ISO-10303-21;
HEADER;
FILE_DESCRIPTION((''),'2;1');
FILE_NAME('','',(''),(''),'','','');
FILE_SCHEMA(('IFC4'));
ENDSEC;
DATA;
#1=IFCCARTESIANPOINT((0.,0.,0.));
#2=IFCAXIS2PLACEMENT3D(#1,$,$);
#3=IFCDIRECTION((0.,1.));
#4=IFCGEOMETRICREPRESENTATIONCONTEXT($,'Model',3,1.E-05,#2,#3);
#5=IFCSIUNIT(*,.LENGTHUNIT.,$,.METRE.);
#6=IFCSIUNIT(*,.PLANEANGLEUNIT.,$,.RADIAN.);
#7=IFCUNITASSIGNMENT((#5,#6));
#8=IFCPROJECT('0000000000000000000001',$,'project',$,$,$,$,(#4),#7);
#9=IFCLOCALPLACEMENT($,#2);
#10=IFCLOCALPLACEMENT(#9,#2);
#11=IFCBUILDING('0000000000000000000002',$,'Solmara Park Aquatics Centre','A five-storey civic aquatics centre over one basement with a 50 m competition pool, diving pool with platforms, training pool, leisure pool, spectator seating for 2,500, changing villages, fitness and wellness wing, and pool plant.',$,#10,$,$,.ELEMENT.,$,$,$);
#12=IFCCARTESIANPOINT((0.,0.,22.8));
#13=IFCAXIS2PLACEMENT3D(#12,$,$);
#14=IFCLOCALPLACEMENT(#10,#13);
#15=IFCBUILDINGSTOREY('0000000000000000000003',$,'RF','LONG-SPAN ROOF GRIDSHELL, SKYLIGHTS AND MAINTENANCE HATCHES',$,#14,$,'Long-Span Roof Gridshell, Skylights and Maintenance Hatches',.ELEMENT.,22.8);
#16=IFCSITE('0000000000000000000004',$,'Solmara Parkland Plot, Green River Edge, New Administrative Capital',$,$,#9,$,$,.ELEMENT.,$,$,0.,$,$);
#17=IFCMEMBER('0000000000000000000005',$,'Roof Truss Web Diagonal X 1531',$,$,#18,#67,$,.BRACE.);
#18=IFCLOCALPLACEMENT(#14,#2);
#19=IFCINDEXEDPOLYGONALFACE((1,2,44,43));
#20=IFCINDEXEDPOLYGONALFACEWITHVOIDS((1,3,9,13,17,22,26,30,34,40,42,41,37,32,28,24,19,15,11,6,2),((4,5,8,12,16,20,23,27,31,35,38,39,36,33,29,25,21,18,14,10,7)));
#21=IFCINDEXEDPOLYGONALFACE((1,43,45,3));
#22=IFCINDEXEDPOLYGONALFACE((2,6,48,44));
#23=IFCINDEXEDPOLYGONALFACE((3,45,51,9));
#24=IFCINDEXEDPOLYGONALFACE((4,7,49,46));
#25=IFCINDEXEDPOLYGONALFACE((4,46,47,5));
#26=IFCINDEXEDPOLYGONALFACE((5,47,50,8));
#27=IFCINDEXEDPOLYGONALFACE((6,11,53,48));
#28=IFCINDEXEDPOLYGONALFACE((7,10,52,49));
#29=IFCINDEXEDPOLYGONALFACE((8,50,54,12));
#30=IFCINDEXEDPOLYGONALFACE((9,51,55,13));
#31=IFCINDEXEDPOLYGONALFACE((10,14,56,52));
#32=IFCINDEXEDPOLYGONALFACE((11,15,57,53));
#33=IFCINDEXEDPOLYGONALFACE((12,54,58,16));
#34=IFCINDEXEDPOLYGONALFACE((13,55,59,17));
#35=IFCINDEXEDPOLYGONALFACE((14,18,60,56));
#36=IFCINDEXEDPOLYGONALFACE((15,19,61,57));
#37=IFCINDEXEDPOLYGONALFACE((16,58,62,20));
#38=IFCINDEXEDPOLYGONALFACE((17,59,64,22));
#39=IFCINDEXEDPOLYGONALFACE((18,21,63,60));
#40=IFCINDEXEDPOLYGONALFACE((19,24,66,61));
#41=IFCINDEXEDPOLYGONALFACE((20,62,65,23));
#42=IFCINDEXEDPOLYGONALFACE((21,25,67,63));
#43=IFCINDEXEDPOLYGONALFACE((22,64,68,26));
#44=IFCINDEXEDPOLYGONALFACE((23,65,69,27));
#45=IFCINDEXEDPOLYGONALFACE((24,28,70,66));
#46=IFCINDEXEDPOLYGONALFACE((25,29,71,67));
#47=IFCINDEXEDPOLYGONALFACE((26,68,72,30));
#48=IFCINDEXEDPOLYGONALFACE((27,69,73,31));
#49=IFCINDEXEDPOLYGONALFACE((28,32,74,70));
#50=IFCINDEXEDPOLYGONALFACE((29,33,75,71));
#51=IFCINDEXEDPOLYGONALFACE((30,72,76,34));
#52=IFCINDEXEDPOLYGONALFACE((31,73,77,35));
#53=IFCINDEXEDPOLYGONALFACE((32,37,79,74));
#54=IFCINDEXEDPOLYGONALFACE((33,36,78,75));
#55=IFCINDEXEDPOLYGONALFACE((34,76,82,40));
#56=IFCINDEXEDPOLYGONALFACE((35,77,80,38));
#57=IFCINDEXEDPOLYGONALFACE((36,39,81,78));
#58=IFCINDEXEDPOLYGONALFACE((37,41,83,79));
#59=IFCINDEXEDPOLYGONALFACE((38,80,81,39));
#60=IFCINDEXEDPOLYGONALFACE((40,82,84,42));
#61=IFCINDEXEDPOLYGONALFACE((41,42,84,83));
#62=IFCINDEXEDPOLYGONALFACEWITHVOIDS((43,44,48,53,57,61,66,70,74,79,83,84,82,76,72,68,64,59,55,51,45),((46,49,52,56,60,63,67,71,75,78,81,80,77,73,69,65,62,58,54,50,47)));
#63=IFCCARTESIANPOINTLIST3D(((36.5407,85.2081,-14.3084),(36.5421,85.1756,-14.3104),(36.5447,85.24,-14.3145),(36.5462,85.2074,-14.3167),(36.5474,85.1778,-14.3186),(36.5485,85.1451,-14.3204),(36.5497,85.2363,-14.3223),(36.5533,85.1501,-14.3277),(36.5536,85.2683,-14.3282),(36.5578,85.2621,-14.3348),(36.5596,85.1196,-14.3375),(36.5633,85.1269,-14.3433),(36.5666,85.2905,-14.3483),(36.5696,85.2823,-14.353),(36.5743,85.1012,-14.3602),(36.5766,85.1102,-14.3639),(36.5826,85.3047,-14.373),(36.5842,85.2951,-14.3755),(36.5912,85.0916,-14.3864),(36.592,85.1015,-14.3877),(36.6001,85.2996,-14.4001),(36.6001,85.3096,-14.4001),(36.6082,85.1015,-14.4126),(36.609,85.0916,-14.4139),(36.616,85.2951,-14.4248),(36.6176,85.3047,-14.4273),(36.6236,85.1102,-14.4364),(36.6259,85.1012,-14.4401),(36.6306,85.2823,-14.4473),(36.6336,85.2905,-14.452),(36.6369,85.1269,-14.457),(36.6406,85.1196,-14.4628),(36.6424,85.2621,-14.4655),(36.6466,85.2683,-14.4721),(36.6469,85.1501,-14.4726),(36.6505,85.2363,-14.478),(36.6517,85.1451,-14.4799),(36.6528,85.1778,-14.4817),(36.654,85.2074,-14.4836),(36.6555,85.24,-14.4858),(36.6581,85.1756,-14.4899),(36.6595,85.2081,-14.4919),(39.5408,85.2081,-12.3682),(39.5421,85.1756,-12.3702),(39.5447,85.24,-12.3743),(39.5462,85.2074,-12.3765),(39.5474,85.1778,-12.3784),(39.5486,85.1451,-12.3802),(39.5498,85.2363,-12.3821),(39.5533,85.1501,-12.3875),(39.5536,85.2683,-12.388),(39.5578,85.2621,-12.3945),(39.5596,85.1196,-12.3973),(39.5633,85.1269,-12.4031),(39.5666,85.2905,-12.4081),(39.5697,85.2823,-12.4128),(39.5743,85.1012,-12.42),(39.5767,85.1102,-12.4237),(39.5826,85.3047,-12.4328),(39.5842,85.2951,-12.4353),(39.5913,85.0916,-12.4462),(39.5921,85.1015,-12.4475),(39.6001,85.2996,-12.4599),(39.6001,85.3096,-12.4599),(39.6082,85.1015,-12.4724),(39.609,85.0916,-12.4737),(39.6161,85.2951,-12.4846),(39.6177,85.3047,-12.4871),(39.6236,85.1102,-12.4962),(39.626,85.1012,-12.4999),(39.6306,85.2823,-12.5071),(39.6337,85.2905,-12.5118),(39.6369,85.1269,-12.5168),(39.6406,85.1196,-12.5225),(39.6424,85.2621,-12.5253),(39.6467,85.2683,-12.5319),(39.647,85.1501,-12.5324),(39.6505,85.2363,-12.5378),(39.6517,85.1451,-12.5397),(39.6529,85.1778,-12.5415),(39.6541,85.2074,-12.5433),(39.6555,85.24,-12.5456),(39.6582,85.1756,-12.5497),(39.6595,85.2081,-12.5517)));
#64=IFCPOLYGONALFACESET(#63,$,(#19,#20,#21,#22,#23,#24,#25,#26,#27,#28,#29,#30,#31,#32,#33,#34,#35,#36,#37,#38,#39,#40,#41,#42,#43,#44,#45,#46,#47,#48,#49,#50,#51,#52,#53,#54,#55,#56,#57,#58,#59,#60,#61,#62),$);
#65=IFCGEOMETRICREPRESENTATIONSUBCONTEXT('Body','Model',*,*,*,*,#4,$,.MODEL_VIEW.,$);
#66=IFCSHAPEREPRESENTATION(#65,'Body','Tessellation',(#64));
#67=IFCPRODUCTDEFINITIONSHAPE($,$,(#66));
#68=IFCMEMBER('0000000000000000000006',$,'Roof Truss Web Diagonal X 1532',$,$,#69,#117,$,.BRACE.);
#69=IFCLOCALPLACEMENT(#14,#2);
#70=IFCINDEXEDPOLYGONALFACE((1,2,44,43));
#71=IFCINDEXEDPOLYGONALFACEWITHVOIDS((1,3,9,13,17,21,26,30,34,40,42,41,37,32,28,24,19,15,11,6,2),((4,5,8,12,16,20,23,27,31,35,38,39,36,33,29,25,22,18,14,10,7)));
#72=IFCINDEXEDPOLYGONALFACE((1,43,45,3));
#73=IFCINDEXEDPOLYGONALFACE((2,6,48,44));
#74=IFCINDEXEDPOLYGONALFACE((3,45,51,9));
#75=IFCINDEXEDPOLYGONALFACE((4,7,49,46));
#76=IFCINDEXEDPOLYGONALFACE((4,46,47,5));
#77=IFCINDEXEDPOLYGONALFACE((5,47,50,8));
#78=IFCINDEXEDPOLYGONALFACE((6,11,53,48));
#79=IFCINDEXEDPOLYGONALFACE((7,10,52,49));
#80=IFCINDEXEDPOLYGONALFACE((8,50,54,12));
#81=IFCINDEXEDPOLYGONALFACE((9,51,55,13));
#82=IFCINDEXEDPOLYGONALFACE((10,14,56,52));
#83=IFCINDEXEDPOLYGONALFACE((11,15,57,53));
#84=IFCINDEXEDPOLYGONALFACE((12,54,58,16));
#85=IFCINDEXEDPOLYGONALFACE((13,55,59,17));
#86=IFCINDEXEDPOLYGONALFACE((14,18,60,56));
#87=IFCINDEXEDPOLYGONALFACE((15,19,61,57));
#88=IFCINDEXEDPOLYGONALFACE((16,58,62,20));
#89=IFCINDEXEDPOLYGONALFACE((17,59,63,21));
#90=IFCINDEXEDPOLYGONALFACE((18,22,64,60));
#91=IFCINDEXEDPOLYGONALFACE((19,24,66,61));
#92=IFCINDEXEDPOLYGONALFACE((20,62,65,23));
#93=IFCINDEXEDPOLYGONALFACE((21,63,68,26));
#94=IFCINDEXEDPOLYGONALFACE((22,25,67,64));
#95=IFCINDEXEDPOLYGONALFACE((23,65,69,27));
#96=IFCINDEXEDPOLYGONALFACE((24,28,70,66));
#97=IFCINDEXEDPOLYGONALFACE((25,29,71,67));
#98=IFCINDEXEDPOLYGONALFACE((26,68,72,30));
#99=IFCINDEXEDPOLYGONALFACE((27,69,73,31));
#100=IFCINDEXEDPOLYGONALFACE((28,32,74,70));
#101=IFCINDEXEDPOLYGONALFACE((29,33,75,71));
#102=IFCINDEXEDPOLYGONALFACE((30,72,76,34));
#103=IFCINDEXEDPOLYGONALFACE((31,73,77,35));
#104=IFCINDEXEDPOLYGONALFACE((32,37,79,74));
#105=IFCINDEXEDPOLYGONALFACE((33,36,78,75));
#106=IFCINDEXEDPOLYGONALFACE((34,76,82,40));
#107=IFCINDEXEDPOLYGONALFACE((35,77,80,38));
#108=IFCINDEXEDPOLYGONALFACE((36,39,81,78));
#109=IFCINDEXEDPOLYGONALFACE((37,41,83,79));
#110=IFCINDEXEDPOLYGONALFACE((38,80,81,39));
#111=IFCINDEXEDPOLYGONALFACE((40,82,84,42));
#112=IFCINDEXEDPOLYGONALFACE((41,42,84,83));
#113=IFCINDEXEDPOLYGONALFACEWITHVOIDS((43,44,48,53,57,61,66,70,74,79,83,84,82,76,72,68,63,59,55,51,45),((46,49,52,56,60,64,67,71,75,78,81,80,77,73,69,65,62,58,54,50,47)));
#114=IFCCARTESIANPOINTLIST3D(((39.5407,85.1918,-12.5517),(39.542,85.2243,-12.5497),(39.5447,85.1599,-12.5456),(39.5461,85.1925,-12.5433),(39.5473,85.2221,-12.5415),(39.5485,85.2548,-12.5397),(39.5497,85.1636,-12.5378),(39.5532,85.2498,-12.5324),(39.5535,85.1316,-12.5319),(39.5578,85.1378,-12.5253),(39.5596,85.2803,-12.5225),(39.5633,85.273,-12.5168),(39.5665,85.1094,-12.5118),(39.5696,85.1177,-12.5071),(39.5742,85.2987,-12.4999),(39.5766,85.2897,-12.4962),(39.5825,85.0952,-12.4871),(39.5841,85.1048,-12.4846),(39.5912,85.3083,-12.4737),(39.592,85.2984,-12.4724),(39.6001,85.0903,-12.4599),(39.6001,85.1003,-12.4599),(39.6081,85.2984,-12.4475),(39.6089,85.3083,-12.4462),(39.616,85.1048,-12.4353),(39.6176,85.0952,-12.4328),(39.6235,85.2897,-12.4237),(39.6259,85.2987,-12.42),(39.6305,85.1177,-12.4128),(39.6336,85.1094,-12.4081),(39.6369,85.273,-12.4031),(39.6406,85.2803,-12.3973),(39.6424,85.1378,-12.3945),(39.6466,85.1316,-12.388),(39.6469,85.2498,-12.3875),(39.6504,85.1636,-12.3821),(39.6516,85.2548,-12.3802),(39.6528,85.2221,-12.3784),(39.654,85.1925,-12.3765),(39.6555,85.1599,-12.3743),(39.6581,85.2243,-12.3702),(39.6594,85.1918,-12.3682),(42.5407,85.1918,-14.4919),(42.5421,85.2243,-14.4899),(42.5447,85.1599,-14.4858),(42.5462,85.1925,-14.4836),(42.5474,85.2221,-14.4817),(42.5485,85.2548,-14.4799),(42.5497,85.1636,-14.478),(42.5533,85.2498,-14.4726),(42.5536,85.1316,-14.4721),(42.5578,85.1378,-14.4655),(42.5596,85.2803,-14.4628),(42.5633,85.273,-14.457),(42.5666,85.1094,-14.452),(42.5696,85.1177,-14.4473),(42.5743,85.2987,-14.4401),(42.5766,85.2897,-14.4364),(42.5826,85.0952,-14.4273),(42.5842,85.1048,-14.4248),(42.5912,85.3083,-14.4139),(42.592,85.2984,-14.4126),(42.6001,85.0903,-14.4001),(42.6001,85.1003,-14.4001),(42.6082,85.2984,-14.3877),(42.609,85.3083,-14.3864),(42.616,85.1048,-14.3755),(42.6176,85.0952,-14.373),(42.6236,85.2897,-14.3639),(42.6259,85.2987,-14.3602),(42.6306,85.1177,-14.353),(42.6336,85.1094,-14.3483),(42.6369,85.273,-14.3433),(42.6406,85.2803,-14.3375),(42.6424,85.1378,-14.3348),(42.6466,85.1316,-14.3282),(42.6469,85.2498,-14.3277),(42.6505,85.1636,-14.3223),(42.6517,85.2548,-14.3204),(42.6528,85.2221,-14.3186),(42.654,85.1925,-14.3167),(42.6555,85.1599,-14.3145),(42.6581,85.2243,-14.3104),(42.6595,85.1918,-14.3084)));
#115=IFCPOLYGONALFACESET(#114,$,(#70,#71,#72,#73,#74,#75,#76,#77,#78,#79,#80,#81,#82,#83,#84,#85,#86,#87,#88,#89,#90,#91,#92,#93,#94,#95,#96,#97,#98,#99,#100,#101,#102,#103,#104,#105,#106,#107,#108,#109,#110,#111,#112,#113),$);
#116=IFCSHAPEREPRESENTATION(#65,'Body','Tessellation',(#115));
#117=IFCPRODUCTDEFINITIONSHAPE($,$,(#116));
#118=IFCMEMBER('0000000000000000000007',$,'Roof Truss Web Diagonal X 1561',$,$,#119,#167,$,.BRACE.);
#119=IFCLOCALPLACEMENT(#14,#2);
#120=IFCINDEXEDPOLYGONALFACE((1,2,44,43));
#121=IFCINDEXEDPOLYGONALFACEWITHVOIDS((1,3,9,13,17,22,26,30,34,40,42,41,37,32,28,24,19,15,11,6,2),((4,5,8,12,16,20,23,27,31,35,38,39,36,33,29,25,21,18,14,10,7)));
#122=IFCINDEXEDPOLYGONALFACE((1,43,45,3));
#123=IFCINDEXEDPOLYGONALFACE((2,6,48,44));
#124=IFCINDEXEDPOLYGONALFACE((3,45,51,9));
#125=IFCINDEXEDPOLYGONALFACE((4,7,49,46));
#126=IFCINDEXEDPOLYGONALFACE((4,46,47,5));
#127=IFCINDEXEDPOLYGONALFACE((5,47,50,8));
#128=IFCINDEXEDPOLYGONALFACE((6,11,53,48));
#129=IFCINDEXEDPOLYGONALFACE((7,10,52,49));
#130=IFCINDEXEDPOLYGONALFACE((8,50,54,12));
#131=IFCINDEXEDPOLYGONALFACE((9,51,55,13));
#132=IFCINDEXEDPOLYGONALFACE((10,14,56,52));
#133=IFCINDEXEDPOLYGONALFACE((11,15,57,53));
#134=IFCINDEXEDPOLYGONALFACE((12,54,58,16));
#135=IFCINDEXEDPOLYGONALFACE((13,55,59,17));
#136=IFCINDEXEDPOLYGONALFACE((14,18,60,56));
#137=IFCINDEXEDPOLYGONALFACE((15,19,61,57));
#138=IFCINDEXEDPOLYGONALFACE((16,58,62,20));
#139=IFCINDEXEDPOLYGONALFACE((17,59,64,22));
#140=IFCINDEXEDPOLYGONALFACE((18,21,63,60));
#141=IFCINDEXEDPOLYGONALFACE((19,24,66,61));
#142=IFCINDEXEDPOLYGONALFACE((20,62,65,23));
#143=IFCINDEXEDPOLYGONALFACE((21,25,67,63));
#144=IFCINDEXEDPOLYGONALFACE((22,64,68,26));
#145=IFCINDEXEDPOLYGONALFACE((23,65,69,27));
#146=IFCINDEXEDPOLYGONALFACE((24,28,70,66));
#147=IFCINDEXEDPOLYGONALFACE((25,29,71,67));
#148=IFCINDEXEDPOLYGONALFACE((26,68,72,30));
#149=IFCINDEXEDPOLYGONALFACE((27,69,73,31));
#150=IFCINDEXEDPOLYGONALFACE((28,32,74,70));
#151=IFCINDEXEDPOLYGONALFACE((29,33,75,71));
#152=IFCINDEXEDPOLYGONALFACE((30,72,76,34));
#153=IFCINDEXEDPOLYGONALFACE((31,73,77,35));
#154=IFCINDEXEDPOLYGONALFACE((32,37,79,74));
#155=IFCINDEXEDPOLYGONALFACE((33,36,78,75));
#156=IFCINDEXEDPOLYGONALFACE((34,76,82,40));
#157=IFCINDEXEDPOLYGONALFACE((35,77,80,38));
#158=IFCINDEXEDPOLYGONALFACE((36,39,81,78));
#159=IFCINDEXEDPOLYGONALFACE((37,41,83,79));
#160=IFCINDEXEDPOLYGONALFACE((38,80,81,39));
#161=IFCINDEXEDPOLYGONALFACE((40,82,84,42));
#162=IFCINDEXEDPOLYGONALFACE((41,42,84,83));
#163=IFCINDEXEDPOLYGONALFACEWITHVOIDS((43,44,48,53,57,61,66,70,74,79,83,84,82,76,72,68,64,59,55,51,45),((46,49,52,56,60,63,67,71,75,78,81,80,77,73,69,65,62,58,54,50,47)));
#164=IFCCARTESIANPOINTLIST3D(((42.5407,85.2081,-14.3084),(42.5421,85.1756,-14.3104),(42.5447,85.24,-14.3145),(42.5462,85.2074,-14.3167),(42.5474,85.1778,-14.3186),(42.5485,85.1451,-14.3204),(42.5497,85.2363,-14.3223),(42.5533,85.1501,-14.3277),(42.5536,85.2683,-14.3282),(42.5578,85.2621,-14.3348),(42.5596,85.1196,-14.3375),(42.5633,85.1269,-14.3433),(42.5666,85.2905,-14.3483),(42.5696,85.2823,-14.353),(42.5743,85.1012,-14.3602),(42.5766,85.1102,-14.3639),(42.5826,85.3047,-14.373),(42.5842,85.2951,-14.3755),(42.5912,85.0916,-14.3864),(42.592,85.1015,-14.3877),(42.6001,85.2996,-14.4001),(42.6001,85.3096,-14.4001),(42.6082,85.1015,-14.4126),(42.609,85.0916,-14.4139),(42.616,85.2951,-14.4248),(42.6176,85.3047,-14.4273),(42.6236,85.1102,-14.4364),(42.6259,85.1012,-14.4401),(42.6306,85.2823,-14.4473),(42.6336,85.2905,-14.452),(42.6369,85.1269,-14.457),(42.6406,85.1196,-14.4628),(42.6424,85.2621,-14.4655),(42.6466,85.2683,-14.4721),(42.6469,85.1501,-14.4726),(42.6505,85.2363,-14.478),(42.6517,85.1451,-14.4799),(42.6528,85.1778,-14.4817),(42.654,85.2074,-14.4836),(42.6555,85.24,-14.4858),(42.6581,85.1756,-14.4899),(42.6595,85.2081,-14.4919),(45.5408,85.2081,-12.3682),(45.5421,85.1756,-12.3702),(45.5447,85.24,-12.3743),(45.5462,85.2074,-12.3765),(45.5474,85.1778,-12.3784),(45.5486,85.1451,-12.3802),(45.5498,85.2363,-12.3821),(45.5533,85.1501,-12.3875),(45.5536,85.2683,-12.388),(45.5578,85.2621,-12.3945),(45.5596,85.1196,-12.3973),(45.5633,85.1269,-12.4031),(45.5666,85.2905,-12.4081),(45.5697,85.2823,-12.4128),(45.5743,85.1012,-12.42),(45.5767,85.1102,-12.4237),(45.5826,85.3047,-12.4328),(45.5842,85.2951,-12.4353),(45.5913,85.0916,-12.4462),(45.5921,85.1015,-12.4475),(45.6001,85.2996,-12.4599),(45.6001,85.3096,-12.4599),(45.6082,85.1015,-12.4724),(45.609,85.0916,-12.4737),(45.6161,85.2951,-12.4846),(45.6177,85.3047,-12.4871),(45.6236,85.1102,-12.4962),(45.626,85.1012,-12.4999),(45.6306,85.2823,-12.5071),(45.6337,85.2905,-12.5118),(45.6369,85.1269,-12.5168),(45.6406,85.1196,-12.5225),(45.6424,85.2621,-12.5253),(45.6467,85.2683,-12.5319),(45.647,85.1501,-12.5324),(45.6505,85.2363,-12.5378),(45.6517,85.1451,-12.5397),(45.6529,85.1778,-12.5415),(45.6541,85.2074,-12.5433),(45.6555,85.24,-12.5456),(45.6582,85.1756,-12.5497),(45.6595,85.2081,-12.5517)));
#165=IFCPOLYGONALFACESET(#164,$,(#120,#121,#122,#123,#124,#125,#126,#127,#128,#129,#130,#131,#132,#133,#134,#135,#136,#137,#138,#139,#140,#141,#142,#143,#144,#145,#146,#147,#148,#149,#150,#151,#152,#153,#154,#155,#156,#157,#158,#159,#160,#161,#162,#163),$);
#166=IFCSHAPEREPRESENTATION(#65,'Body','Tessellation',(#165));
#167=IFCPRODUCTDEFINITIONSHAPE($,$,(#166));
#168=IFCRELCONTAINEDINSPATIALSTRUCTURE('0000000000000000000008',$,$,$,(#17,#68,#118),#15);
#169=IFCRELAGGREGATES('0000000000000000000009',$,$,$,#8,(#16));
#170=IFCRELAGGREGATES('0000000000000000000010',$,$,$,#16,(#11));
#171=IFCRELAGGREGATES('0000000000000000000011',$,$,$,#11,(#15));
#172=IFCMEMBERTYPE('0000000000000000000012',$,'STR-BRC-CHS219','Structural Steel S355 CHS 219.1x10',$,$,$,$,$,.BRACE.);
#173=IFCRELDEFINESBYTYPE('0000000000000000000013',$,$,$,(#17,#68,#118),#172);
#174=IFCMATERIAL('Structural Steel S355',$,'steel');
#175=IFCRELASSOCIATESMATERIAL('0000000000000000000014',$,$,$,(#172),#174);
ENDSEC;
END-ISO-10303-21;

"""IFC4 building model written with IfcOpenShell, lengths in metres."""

from ifc_helpers import new_model, si_unit, direction, frame, origin, origin_2d, place, context, subcontext, project, spatial, hollow_circle, extrude, material, material_profile, profile_set, type_object, element, save


model = new_model("IFC4")

# Units and contexts
model_context = context("Model", 3, precision=1e-05, world=origin(), true_north=direction((0.0, 1.0)))
body_context = subcontext(model_context, "Body", "Model", "MODEL_VIEW")
ifc_project = project(units=[si_unit("LENGTHUNIT", "METRE"), si_unit("PLANEANGLEUNIT", "RADIAN")], contexts=[model_context])

# Site, building, storey
site_placement = place(None, origin())
site = spatial("IfcSite", under=ifc_project, at=site_placement, Name="Solmara Parkland Plot, Green River Edge, New Administrative Capital", CompositionType="ELEMENT", RefElevation=0.0)
building_placement = place(site_placement, origin())
building = spatial("IfcBuilding", under=site, at=building_placement, Name="Solmara Park Aquatics Centre", Description="A five-storey civic aquatics centre over one basement with a 50 m competition pool, diving pool with platforms, training pool, leisure pool, spectator seating for 2,500, changing villages, fitness and wellness wing, and pool plant.", CompositionType="ELEMENT")
storey_placement = place(building_placement, frame((0.0, 0.0, 22.8)))
storey = spatial("IfcBuildingStorey", under=building, at=storey_placement, Name="RF", Description="LONG-SPAN ROOF GRIDSHELL, SKYLIGHTS AND MAINTENANCE HATCHES", LongName="Long-Span Roof Gridshell, Skylights and Maintenance Hatches", CompositionType="ELEMENT", Elevation=22.8)

# Members
ifc_material_1 = material(Name="Structural Steel S355", Category="steel")
ifc_material_profile_1 = material_profile(ifc_material_1, hollow_circle(Radius=0.1096, WallThickness=0.01, at=origin_2d()), Name="CHS 219.1x10")
ifc_profile_set_1 = profile_set([ifc_material_profile_1], Name="Structural Steel S355")
member_type_1 = type_object("IfcMemberType", Name="STR-BRC-CHS219", Description="Structural Steel S355 CHS 219.1x10", PredefinedType="BRACE", material=ifc_profile_set_1)
for number, where, z_axis, x_axis, name in (
    (1, (36.6001, 85.2, -14.4001), (0.839697, 0.0, 0.543056), (0.0, 1.0, 0.0), "Roof Truss Web Diagonal X 1531"),
    (2, (42.6001, 85.2, -14.4001), (-0.839697, 0.0, 0.543056), (0.0, -1.0, 0.0), "Roof Truss Web Diagonal X 1532"),
    (3, (42.6001, 85.2, -14.4001), (0.839697, 0.0, 0.543056), (0.0, 1.0, 0.0), "Roof Truss Web Diagonal X 1561"),
):
    element("IfcMember", number, at=place(storey_placement, frame(where, z_axis=z_axis, x_axis=x_axis)), inside=storey, type_object=member_type_1, Name=name, PredefinedType="BRACE", context=body_context, shape_type="SweptSolid", body=[
        extrude(hollow_circle(Radius=0.1096, WallThickness=0.01, at=origin_2d()), origin(), (0.0, 0.0, 1.0), 3.5728),
    ])

save(model, "model.ifc")
